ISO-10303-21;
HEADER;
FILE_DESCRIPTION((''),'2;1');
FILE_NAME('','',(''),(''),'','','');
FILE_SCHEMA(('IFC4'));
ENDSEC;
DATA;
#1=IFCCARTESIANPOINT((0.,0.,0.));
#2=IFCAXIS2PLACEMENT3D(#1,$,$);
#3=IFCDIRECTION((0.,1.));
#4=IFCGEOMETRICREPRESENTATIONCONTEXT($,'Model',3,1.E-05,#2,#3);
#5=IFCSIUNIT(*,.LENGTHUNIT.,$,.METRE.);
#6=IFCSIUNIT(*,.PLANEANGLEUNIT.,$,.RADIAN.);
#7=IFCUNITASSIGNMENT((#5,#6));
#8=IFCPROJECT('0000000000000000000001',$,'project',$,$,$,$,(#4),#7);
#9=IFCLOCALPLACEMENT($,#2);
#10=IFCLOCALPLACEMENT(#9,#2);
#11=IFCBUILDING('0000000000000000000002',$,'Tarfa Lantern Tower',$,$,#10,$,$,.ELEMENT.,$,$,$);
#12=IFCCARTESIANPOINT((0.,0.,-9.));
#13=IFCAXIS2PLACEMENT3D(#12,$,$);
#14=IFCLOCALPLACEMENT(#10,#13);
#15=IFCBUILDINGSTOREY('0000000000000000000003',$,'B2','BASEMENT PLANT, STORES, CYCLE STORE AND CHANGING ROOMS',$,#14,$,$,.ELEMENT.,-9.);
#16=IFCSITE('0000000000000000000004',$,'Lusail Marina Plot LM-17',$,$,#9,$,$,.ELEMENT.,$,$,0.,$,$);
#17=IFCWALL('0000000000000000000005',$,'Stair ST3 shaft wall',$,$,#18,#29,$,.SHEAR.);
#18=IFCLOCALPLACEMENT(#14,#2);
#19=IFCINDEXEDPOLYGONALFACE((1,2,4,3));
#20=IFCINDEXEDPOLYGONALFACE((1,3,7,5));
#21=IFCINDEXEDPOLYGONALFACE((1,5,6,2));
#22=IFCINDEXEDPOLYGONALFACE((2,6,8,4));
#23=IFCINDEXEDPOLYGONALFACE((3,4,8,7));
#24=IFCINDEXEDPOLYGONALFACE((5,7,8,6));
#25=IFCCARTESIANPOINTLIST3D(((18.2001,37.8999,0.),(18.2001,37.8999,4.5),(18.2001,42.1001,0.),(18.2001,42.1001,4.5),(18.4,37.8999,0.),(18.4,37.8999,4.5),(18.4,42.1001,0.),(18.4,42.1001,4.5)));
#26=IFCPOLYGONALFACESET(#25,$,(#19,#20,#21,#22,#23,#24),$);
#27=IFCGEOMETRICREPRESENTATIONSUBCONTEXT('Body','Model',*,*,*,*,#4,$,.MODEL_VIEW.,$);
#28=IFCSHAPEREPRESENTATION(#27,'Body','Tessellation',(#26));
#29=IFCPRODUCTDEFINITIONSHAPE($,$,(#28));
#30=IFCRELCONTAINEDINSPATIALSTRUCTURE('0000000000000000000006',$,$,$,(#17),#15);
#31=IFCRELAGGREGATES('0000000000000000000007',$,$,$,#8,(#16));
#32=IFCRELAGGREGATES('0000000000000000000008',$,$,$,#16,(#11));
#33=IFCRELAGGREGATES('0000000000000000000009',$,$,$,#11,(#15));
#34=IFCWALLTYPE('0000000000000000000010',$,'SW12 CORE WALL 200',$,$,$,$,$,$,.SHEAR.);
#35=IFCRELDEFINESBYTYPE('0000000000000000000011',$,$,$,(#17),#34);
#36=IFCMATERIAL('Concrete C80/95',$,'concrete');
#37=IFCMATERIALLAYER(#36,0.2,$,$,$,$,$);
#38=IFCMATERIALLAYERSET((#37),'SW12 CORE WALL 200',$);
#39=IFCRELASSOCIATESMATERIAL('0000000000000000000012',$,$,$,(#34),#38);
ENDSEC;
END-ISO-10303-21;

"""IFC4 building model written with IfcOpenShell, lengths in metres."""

from ifc_helpers import new_model, si_unit, direction, frame, frame_2d, origin, place, context, subcontext, project, spatial, rectangle, extrude, material, layer, layer_set, type_object, element, save


model = new_model("IFC4")

# Units and contexts
model_context = context("Model", 3, precision=1e-05, world=origin(), true_north=direction((0.0, 1.0)))
body_context = subcontext(model_context, "Body", "Model", "MODEL_VIEW")
ifc_project = project(units=[si_unit("LENGTHUNIT", "METRE"), si_unit("PLANEANGLEUNIT", "RADIAN")], contexts=[model_context])

# Site, building, storey
site_placement = place(None, origin())
site = spatial("IfcSite", under=ifc_project, at=site_placement, Name="Lusail Marina Plot LM-17", CompositionType="ELEMENT", RefElevation=0.0)
building_placement = place(site_placement, origin())
building = spatial("IfcBuilding", under=site, at=building_placement, Name="Tarfa Lantern Tower", CompositionType="ELEMENT")
storey_placement = place(building_placement, frame((0.0, 0.0, -9.0)))
storey = spatial("IfcBuildingStorey", under=building, at=storey_placement, Name="B2", Description="BASEMENT PLANT, STORES, CYCLE STORE AND CHANGING ROOMS", CompositionType="ELEMENT", Elevation=-9.0)

# Shared definitions
ifc_material_1 = material(Name="Concrete C80/95", Category="concrete")

# Wall
ifc_layer_1 = layer(ifc_material_1, 0.2)
ifc_layer_set_1 = layer_set([ifc_layer_1], Name="SW12 CORE WALL 200")
wall_type_1 = type_object("IfcWallType", Name="SW12 CORE WALL 200", PredefinedType="SHEAR", material=ifc_layer_set_1)
wall_1_placement = place(storey_placement, frame((18.3, 37.8999, 0.0), z_axis=(0.0, 0.0, 1.0), x_axis=(0.0, 1.0, 0.0)))
element("IfcWall", 1, at=wall_1_placement, inside=storey, type_object=wall_type_1, Name="Stair ST3 shaft wall", PredefinedType="SHEAR", context=body_context, shape_type="SweptSolid", body=[
    extrude(rectangle(XDim=4.2002, YDim=0.2, at=frame_2d((2.1001, 0.0))), origin(), (0.0, 0.0, 1.0), 4.5),
])

save(model, "model.ifc")
